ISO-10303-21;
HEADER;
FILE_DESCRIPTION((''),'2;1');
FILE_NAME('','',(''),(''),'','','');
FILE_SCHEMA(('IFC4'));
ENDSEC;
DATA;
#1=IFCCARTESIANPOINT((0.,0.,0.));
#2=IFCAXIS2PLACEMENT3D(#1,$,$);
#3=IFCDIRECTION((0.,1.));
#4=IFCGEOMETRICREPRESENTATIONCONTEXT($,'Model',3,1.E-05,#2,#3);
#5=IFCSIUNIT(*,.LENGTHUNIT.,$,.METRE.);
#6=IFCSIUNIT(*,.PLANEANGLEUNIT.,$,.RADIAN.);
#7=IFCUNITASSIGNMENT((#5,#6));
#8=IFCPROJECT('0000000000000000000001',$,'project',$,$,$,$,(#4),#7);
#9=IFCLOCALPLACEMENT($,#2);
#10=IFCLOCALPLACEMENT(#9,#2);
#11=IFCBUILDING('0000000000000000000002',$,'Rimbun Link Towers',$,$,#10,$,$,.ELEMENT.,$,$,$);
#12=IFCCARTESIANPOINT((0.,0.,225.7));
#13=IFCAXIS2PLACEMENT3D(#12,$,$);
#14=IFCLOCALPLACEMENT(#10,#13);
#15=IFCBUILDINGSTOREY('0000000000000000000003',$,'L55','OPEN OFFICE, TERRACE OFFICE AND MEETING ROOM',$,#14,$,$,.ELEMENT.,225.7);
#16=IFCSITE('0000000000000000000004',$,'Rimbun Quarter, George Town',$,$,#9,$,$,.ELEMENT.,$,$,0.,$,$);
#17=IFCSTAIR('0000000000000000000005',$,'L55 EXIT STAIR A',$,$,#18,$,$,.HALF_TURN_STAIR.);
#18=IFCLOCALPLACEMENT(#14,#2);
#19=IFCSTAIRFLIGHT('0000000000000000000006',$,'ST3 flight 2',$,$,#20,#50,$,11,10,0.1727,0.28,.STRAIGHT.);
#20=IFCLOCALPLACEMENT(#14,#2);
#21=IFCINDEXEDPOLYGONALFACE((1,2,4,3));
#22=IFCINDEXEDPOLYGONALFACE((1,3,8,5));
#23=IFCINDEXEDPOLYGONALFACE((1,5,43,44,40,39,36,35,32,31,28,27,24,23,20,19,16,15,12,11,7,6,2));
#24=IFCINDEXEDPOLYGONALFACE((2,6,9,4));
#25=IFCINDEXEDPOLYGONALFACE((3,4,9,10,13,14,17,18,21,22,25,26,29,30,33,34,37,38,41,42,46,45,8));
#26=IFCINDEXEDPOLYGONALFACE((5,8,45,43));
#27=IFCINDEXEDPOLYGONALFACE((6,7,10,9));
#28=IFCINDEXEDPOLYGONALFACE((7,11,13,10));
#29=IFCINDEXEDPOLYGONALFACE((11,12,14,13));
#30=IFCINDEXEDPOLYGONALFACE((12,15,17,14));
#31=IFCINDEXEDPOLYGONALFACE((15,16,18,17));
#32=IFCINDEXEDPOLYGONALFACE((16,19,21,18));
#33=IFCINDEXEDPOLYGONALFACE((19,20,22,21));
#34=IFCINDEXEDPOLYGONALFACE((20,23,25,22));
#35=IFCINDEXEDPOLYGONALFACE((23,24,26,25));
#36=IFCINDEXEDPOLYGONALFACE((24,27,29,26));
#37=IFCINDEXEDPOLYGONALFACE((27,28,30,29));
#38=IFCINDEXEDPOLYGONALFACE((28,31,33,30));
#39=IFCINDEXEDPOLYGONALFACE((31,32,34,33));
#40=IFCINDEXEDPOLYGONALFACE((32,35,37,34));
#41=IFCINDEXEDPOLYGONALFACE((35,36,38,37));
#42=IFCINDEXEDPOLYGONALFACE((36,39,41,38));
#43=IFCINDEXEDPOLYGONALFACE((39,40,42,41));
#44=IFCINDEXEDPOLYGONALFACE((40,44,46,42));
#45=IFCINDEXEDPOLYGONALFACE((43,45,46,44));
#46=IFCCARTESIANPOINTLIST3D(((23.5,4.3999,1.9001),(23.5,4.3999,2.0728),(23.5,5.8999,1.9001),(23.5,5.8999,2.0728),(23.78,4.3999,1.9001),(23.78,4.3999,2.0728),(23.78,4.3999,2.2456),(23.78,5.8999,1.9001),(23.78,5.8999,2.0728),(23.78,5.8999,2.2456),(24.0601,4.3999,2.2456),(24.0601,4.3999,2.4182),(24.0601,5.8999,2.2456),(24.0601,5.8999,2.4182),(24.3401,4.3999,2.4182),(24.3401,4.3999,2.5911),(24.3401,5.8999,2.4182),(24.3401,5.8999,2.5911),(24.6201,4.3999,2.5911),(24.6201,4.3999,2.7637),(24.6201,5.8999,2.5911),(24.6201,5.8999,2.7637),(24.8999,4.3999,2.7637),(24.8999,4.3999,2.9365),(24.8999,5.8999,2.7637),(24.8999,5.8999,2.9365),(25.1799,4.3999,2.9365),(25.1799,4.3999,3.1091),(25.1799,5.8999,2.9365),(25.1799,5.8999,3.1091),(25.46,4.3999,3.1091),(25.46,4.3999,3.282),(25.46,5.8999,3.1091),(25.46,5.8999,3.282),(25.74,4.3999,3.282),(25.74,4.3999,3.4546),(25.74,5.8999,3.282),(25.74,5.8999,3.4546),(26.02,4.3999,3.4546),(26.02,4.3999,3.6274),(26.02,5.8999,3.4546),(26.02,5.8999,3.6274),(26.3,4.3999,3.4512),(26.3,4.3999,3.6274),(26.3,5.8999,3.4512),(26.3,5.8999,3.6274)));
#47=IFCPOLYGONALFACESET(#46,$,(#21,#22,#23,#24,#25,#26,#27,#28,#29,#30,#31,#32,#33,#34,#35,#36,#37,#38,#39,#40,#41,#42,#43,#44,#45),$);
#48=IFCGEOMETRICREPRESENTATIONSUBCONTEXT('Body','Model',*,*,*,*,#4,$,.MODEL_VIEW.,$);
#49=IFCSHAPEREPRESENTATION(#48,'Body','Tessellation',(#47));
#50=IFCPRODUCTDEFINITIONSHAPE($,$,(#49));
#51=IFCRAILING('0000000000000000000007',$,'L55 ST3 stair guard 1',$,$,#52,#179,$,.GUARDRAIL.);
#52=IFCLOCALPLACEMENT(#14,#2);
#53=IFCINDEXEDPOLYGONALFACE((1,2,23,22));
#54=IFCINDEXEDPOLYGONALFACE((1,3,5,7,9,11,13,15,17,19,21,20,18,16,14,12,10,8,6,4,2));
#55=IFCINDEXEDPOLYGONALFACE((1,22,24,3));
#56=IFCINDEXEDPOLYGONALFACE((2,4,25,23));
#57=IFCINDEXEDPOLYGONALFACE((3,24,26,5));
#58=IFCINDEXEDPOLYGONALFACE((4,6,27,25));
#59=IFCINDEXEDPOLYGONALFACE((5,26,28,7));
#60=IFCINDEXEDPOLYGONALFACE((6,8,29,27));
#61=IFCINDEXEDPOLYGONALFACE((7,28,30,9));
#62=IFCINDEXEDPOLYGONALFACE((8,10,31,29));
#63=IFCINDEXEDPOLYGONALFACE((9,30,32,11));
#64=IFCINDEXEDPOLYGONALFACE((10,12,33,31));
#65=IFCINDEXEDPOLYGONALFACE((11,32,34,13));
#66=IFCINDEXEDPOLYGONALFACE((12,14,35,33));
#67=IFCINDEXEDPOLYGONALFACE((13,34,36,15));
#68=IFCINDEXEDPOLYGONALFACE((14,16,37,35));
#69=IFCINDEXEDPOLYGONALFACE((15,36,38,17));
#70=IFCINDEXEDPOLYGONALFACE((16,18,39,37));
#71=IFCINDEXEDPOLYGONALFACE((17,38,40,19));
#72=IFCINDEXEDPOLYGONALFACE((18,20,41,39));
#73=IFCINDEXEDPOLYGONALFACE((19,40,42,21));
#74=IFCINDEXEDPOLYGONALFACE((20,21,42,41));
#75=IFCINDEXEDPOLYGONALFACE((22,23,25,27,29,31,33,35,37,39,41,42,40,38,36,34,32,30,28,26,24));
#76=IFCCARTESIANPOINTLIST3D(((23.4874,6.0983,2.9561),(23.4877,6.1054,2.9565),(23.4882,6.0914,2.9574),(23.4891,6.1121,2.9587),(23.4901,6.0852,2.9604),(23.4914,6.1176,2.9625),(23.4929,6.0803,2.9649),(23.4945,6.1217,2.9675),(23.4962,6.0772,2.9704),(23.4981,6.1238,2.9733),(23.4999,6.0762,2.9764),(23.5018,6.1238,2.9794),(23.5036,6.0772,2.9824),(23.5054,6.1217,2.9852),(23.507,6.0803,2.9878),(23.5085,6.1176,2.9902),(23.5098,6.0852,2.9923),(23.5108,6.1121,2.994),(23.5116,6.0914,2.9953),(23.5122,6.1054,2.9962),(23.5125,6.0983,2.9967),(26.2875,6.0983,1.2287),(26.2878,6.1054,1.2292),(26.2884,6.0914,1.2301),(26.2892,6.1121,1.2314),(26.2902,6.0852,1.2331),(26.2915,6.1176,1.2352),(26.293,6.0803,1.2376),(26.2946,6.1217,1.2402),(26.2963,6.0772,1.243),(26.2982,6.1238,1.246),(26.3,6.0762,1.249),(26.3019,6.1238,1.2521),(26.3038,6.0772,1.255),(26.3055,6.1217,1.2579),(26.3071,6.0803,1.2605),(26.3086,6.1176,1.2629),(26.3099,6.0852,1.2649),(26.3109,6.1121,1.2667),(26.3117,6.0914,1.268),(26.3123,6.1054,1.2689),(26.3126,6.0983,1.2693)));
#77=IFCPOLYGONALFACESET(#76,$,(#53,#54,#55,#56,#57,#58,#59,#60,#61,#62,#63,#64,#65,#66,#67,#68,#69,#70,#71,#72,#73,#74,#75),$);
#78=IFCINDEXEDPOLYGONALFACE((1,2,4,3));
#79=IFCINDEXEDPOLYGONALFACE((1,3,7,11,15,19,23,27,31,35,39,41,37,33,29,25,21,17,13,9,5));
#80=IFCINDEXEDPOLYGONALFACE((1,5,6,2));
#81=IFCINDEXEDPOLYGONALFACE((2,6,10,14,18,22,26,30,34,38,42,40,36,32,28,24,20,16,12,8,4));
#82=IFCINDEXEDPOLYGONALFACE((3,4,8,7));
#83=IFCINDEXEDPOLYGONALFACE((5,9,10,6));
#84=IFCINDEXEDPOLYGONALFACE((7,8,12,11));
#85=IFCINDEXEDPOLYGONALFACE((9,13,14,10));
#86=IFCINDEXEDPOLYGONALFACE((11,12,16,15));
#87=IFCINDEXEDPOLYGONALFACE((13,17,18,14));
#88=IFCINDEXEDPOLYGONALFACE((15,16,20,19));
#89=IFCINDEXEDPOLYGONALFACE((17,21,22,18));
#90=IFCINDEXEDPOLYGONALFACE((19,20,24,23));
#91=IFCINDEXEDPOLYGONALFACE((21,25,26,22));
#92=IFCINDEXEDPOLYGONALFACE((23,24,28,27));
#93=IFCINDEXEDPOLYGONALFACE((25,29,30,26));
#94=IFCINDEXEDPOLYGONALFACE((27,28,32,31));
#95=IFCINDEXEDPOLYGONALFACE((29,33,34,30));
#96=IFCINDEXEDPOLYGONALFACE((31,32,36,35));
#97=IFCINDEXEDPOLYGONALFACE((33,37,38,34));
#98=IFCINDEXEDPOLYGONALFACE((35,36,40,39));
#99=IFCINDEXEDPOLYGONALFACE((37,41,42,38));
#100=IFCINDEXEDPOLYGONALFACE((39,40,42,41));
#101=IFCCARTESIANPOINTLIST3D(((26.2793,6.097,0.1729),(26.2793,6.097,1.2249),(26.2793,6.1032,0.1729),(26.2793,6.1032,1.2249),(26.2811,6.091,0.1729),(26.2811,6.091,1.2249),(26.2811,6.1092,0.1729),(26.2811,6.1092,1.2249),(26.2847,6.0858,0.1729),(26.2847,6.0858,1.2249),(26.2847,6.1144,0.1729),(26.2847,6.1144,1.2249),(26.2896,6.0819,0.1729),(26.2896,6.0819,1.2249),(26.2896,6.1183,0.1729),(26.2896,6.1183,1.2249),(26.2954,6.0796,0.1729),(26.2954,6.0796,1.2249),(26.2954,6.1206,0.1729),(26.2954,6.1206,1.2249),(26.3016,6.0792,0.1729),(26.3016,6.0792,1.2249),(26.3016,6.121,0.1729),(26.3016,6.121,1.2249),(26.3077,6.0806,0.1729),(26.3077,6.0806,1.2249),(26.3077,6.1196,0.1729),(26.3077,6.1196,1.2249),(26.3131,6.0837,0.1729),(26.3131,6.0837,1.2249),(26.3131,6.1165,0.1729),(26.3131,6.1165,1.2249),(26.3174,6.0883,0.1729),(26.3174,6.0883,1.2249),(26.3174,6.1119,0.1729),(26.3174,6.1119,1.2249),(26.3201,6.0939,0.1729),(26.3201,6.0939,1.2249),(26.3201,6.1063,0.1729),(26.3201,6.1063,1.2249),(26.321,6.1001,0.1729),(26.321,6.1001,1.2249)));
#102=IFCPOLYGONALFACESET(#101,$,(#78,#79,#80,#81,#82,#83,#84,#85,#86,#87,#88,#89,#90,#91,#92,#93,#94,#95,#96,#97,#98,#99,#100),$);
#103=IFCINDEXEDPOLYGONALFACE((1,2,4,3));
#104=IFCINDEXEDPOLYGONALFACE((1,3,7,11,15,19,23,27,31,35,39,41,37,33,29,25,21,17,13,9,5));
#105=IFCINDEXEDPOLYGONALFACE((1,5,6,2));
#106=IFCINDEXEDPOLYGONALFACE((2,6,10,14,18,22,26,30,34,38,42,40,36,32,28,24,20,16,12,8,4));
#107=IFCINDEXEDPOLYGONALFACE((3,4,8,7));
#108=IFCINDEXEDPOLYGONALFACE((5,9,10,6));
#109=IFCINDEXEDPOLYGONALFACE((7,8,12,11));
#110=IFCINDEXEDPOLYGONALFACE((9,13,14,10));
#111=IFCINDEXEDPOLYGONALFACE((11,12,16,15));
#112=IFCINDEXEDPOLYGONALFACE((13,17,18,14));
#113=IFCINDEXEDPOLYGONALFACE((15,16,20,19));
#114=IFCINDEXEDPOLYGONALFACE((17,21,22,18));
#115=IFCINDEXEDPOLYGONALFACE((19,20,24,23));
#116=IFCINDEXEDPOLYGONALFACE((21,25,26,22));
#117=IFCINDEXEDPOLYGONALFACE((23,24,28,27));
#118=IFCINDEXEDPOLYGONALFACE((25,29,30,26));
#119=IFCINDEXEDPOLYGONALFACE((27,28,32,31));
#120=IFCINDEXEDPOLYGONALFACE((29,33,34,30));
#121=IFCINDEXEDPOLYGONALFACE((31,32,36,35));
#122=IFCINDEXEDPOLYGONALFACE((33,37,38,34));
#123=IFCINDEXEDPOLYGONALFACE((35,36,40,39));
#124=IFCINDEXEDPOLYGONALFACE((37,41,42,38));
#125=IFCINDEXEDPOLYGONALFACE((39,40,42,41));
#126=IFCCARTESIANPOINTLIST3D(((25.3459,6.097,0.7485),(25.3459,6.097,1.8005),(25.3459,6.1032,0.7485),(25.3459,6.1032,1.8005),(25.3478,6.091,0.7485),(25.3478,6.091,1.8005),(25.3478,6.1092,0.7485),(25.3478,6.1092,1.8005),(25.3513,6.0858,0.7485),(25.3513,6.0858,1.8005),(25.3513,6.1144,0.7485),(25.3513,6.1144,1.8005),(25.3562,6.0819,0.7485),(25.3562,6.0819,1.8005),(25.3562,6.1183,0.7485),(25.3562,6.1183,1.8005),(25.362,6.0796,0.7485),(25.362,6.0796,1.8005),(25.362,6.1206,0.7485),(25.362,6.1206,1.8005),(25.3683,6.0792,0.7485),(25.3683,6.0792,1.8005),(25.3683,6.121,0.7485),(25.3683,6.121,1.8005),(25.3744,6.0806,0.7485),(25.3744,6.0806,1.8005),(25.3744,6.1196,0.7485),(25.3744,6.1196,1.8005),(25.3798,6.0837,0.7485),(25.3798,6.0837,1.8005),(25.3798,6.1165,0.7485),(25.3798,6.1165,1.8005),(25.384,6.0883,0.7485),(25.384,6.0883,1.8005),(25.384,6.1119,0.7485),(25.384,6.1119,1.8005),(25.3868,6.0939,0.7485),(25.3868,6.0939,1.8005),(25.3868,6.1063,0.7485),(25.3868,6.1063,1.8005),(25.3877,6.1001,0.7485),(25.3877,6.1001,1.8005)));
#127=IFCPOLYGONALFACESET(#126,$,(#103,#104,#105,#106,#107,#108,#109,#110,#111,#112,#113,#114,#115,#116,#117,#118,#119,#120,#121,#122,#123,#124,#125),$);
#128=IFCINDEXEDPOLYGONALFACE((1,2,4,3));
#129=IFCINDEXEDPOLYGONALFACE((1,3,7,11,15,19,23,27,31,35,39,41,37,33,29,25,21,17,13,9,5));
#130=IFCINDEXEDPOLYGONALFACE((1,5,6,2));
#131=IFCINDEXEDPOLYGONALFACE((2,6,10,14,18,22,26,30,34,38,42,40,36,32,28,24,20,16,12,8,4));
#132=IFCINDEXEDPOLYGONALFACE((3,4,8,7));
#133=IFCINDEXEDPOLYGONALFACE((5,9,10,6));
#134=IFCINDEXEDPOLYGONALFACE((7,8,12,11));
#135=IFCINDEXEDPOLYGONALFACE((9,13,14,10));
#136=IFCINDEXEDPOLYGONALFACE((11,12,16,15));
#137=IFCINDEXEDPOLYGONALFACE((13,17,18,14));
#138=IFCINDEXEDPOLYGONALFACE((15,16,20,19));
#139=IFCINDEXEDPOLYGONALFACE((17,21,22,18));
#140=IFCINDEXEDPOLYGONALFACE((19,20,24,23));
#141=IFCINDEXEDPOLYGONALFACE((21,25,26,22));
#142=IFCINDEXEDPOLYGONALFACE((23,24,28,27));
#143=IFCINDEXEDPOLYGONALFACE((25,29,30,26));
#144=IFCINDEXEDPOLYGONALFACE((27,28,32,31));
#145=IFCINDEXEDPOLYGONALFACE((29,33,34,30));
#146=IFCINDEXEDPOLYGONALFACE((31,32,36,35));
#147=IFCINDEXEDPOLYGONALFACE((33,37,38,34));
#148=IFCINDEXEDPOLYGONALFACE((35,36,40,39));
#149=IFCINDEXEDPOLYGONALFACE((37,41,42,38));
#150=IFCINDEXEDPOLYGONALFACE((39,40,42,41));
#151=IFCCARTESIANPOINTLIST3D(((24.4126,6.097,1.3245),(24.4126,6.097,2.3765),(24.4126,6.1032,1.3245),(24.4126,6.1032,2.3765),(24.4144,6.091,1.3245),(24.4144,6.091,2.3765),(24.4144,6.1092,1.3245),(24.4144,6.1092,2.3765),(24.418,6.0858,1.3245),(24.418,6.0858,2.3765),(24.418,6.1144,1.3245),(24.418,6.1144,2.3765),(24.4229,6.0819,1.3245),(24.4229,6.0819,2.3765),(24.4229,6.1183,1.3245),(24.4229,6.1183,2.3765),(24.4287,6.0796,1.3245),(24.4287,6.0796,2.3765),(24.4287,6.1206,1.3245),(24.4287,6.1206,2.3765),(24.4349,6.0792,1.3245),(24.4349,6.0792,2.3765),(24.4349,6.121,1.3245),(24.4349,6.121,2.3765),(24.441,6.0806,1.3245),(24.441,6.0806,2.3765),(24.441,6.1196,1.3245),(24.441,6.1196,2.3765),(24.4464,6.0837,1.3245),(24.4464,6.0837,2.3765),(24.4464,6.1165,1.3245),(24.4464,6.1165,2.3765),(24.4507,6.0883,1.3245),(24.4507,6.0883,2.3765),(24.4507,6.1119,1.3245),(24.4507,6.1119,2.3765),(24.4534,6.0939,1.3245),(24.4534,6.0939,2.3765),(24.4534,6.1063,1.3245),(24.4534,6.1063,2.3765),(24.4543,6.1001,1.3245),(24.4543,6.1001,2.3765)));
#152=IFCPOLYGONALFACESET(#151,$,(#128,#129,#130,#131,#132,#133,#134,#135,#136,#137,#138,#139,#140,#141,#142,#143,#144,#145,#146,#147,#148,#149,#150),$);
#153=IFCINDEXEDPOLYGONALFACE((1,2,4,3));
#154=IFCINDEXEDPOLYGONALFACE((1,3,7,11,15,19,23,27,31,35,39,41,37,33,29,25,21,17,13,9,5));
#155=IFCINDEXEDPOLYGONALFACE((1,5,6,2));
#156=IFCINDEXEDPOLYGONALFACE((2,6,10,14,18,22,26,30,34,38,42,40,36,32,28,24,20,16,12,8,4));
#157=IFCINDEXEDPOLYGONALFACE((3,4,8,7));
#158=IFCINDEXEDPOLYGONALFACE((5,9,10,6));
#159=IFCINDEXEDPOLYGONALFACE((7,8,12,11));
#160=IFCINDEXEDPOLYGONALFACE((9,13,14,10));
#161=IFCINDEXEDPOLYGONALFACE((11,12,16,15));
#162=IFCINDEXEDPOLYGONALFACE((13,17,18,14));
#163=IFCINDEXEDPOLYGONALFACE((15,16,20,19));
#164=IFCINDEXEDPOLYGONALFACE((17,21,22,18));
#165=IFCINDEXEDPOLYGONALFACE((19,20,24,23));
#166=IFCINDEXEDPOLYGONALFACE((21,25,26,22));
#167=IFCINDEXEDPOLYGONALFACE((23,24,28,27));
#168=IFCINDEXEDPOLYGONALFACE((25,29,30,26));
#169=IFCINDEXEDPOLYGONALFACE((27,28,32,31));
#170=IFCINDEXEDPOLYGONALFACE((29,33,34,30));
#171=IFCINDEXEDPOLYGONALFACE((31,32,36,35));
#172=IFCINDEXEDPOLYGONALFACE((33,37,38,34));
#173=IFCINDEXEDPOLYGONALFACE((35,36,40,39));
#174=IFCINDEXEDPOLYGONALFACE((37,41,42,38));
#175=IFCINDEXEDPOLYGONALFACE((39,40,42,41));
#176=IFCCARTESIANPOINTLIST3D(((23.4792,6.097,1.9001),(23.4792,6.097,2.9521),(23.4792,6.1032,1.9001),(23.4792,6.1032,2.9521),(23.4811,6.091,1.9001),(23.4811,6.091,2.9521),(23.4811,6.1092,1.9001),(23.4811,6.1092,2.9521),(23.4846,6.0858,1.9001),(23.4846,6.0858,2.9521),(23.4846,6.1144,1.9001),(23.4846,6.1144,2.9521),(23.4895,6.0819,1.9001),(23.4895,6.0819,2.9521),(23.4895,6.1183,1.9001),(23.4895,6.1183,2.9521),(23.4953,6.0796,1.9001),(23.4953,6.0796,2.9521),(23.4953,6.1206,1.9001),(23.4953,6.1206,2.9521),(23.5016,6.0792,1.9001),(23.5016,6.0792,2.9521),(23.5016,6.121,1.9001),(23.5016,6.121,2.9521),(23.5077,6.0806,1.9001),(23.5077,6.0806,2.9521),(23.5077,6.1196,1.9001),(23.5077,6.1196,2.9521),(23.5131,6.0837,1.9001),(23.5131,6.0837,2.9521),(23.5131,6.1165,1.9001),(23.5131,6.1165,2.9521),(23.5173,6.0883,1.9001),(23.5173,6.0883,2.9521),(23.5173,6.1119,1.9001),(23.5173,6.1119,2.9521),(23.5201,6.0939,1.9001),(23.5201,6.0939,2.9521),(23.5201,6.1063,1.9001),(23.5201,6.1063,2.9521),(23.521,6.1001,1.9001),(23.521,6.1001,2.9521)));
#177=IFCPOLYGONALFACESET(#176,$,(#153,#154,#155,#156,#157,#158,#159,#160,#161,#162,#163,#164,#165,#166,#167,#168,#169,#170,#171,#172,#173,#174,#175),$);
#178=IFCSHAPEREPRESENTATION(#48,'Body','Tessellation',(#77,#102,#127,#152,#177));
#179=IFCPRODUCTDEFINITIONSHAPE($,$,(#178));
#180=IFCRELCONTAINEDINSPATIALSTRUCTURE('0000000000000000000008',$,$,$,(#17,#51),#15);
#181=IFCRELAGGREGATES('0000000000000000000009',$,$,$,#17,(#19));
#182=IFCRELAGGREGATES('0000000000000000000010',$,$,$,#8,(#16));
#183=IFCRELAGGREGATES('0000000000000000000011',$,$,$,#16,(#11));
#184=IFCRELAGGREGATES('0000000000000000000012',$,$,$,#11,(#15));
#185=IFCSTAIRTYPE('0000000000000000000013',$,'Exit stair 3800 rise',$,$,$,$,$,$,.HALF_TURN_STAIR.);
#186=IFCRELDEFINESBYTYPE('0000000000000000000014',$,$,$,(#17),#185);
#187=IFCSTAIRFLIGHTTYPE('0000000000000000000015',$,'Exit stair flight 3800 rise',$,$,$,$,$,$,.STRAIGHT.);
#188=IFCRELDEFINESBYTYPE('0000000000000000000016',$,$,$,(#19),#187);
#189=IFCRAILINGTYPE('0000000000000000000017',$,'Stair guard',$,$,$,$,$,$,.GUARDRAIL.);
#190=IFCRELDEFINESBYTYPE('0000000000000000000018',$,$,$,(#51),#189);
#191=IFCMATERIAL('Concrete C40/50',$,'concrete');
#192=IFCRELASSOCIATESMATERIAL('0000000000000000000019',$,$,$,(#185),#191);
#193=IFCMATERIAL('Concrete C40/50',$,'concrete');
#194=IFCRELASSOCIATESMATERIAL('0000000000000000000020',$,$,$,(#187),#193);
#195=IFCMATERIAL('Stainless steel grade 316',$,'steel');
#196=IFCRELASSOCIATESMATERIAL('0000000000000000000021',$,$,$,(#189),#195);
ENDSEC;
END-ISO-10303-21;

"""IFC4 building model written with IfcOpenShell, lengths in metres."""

from ifc_helpers import new_model, si_unit, direction, frame, origin, origin_2d, place, context, subcontext, project, spatial, polyline, circle, outline, extrude, material, type_object, element, aggregate, save


model = new_model("IFC4")

# Units and contexts
model_context = context("Model", 3, precision=1e-05, world=origin(), true_north=direction((0.0, 1.0)))
body_context = subcontext(model_context, "Body", "Model", "MODEL_VIEW")
ifc_project = project(units=[si_unit("LENGTHUNIT", "METRE"), si_unit("PLANEANGLEUNIT", "RADIAN")], contexts=[model_context])

# Site, building, storey
site_placement = place(None, origin())
site = spatial("IfcSite", under=ifc_project, at=site_placement, Name="Rimbun Quarter, George Town", CompositionType="ELEMENT", RefElevation=0.0)
building_placement = place(site_placement, origin())
building = spatial("IfcBuilding", under=site, at=building_placement, Name="Rimbun Link Towers", CompositionType="ELEMENT")
storey_placement = place(building_placement, frame((0.0, 0.0, 225.7)))
storey = spatial("IfcBuildingStorey", under=building, at=storey_placement, Name="L55", Description="OPEN OFFICE, TERRACE OFFICE AND MEETING ROOM", CompositionType="ELEMENT", Elevation=225.7)

# Stair, stair flight
ifc_material_1 = material(Name="Concrete C40/50", Category="concrete")
stair_type = type_object("IfcStairType", Name="Exit stair 3800 rise", PredefinedType="HALF_TURN_STAIR", material=ifc_material_1)
stair_placement = place(storey_placement, origin())
stair = element("IfcStair", 1, at=stair_placement, inside=storey, type_object=stair_type, Name="L55 EXIT STAIR A", PredefinedType="HALF_TURN_STAIR")
ifc_material_2 = material(Name="Concrete C40/50", Category="concrete")
stair_flight_type = type_object("IfcStairFlightType", Name="Exit stair flight 3800 rise", PredefinedType="STRAIGHT", material=ifc_material_2)
stair_flight_1_placement = place(storey_placement, frame((23.5, 5.1499, 1.9001), z_axis=(0.0, 0.0, 1.0), x_axis=(1.0, 0.0, 0.0)))
stair_flight_1 = element("IfcStairFlight", 2, at=stair_flight_1_placement, type_object=stair_flight_type, Name="ST3 flight 2", NumberOfRisers=11, NumberOfTreads=10, PredefinedType="STRAIGHT", RiserHeight=0.1727, TreadLength=0.28, context=body_context, shape_type="SweptSolid", body=[
    extrude(outline(polyline([(0.0, 0.0), (0.0, 0.1726), (0.28, 0.1726), (0.28, 0.3455), (0.5601, 0.3455), (0.5601, 0.5181), (0.8401, 0.5181), (0.8401, 0.6909), (1.1201, 0.6909), (1.1201, 0.8635), (1.3999, 0.8635), (1.3999, 1.0364), (1.6799, 1.0364), (1.6799, 1.209), (1.96, 1.209), (1.96, 1.3818), (2.24, 1.3818), (2.24, 1.5544), (2.52, 1.5544), (2.52, 1.7273), (2.8, 1.7273), (2.8, 1.8999), (2.8, 1.551), (0.28, 0.0), (0.0, 0.0)])), frame((0.0, 0.75, 0.0), z_axis=(0.0, -1.0, 0.0), x_axis=(1.0, 0.0, 0.0)), (0.0, 0.0, 1.0), 1.5),
])
aggregate(stair, [stair_flight_1])

# Railing
ifc_material_3 = material(Name="Stainless steel grade 316", Category="steel")
railing_type_1 = type_object("IfcRailingType", Name="Stair guard", PredefinedType="GUARDRAIL", material=ifc_material_3)
railing_1_placement = place(storey_placement, frame((26.3, 6.1001, 0.1729)))
element("IfcRailing", 3, at=railing_1_placement, inside=storey, type_object=railing_type_1, Name="L55 ST3 stair guard 1", PredefinedType="GUARDRAIL", context=body_context, shape_type="SweptSolid", body=[
    extrude(circle(Radius=0.0239, at=origin_2d()), frame((0.0, 0.0, 1.0762), z_axis=(-0.85109, 0.0, 0.52502), x_axis=(0.0, -1.0, 0.0)), (0.0, 0.0, 1.0), 3.29),
    extrude(circle(Radius=0.021, at=origin_2d()), origin(), (0.0, 0.0, 1.0), 1.052),
    extrude(circle(Radius=0.021, at=origin_2d()), frame((-0.9333, 0.0, 0.5757)), (0.0, 0.0, 1.0), 1.052),
    extrude(circle(Radius=0.021, at=origin_2d()), frame((-1.8667, 0.0, 1.1516)), (0.0, 0.0, 1.0), 1.052),
    extrude(circle(Radius=0.021, at=origin_2d()), frame((-2.8, 0.0, 1.7273)), (0.0, 0.0, 1.0), 1.052),
])

save(model, "model.ifc")
